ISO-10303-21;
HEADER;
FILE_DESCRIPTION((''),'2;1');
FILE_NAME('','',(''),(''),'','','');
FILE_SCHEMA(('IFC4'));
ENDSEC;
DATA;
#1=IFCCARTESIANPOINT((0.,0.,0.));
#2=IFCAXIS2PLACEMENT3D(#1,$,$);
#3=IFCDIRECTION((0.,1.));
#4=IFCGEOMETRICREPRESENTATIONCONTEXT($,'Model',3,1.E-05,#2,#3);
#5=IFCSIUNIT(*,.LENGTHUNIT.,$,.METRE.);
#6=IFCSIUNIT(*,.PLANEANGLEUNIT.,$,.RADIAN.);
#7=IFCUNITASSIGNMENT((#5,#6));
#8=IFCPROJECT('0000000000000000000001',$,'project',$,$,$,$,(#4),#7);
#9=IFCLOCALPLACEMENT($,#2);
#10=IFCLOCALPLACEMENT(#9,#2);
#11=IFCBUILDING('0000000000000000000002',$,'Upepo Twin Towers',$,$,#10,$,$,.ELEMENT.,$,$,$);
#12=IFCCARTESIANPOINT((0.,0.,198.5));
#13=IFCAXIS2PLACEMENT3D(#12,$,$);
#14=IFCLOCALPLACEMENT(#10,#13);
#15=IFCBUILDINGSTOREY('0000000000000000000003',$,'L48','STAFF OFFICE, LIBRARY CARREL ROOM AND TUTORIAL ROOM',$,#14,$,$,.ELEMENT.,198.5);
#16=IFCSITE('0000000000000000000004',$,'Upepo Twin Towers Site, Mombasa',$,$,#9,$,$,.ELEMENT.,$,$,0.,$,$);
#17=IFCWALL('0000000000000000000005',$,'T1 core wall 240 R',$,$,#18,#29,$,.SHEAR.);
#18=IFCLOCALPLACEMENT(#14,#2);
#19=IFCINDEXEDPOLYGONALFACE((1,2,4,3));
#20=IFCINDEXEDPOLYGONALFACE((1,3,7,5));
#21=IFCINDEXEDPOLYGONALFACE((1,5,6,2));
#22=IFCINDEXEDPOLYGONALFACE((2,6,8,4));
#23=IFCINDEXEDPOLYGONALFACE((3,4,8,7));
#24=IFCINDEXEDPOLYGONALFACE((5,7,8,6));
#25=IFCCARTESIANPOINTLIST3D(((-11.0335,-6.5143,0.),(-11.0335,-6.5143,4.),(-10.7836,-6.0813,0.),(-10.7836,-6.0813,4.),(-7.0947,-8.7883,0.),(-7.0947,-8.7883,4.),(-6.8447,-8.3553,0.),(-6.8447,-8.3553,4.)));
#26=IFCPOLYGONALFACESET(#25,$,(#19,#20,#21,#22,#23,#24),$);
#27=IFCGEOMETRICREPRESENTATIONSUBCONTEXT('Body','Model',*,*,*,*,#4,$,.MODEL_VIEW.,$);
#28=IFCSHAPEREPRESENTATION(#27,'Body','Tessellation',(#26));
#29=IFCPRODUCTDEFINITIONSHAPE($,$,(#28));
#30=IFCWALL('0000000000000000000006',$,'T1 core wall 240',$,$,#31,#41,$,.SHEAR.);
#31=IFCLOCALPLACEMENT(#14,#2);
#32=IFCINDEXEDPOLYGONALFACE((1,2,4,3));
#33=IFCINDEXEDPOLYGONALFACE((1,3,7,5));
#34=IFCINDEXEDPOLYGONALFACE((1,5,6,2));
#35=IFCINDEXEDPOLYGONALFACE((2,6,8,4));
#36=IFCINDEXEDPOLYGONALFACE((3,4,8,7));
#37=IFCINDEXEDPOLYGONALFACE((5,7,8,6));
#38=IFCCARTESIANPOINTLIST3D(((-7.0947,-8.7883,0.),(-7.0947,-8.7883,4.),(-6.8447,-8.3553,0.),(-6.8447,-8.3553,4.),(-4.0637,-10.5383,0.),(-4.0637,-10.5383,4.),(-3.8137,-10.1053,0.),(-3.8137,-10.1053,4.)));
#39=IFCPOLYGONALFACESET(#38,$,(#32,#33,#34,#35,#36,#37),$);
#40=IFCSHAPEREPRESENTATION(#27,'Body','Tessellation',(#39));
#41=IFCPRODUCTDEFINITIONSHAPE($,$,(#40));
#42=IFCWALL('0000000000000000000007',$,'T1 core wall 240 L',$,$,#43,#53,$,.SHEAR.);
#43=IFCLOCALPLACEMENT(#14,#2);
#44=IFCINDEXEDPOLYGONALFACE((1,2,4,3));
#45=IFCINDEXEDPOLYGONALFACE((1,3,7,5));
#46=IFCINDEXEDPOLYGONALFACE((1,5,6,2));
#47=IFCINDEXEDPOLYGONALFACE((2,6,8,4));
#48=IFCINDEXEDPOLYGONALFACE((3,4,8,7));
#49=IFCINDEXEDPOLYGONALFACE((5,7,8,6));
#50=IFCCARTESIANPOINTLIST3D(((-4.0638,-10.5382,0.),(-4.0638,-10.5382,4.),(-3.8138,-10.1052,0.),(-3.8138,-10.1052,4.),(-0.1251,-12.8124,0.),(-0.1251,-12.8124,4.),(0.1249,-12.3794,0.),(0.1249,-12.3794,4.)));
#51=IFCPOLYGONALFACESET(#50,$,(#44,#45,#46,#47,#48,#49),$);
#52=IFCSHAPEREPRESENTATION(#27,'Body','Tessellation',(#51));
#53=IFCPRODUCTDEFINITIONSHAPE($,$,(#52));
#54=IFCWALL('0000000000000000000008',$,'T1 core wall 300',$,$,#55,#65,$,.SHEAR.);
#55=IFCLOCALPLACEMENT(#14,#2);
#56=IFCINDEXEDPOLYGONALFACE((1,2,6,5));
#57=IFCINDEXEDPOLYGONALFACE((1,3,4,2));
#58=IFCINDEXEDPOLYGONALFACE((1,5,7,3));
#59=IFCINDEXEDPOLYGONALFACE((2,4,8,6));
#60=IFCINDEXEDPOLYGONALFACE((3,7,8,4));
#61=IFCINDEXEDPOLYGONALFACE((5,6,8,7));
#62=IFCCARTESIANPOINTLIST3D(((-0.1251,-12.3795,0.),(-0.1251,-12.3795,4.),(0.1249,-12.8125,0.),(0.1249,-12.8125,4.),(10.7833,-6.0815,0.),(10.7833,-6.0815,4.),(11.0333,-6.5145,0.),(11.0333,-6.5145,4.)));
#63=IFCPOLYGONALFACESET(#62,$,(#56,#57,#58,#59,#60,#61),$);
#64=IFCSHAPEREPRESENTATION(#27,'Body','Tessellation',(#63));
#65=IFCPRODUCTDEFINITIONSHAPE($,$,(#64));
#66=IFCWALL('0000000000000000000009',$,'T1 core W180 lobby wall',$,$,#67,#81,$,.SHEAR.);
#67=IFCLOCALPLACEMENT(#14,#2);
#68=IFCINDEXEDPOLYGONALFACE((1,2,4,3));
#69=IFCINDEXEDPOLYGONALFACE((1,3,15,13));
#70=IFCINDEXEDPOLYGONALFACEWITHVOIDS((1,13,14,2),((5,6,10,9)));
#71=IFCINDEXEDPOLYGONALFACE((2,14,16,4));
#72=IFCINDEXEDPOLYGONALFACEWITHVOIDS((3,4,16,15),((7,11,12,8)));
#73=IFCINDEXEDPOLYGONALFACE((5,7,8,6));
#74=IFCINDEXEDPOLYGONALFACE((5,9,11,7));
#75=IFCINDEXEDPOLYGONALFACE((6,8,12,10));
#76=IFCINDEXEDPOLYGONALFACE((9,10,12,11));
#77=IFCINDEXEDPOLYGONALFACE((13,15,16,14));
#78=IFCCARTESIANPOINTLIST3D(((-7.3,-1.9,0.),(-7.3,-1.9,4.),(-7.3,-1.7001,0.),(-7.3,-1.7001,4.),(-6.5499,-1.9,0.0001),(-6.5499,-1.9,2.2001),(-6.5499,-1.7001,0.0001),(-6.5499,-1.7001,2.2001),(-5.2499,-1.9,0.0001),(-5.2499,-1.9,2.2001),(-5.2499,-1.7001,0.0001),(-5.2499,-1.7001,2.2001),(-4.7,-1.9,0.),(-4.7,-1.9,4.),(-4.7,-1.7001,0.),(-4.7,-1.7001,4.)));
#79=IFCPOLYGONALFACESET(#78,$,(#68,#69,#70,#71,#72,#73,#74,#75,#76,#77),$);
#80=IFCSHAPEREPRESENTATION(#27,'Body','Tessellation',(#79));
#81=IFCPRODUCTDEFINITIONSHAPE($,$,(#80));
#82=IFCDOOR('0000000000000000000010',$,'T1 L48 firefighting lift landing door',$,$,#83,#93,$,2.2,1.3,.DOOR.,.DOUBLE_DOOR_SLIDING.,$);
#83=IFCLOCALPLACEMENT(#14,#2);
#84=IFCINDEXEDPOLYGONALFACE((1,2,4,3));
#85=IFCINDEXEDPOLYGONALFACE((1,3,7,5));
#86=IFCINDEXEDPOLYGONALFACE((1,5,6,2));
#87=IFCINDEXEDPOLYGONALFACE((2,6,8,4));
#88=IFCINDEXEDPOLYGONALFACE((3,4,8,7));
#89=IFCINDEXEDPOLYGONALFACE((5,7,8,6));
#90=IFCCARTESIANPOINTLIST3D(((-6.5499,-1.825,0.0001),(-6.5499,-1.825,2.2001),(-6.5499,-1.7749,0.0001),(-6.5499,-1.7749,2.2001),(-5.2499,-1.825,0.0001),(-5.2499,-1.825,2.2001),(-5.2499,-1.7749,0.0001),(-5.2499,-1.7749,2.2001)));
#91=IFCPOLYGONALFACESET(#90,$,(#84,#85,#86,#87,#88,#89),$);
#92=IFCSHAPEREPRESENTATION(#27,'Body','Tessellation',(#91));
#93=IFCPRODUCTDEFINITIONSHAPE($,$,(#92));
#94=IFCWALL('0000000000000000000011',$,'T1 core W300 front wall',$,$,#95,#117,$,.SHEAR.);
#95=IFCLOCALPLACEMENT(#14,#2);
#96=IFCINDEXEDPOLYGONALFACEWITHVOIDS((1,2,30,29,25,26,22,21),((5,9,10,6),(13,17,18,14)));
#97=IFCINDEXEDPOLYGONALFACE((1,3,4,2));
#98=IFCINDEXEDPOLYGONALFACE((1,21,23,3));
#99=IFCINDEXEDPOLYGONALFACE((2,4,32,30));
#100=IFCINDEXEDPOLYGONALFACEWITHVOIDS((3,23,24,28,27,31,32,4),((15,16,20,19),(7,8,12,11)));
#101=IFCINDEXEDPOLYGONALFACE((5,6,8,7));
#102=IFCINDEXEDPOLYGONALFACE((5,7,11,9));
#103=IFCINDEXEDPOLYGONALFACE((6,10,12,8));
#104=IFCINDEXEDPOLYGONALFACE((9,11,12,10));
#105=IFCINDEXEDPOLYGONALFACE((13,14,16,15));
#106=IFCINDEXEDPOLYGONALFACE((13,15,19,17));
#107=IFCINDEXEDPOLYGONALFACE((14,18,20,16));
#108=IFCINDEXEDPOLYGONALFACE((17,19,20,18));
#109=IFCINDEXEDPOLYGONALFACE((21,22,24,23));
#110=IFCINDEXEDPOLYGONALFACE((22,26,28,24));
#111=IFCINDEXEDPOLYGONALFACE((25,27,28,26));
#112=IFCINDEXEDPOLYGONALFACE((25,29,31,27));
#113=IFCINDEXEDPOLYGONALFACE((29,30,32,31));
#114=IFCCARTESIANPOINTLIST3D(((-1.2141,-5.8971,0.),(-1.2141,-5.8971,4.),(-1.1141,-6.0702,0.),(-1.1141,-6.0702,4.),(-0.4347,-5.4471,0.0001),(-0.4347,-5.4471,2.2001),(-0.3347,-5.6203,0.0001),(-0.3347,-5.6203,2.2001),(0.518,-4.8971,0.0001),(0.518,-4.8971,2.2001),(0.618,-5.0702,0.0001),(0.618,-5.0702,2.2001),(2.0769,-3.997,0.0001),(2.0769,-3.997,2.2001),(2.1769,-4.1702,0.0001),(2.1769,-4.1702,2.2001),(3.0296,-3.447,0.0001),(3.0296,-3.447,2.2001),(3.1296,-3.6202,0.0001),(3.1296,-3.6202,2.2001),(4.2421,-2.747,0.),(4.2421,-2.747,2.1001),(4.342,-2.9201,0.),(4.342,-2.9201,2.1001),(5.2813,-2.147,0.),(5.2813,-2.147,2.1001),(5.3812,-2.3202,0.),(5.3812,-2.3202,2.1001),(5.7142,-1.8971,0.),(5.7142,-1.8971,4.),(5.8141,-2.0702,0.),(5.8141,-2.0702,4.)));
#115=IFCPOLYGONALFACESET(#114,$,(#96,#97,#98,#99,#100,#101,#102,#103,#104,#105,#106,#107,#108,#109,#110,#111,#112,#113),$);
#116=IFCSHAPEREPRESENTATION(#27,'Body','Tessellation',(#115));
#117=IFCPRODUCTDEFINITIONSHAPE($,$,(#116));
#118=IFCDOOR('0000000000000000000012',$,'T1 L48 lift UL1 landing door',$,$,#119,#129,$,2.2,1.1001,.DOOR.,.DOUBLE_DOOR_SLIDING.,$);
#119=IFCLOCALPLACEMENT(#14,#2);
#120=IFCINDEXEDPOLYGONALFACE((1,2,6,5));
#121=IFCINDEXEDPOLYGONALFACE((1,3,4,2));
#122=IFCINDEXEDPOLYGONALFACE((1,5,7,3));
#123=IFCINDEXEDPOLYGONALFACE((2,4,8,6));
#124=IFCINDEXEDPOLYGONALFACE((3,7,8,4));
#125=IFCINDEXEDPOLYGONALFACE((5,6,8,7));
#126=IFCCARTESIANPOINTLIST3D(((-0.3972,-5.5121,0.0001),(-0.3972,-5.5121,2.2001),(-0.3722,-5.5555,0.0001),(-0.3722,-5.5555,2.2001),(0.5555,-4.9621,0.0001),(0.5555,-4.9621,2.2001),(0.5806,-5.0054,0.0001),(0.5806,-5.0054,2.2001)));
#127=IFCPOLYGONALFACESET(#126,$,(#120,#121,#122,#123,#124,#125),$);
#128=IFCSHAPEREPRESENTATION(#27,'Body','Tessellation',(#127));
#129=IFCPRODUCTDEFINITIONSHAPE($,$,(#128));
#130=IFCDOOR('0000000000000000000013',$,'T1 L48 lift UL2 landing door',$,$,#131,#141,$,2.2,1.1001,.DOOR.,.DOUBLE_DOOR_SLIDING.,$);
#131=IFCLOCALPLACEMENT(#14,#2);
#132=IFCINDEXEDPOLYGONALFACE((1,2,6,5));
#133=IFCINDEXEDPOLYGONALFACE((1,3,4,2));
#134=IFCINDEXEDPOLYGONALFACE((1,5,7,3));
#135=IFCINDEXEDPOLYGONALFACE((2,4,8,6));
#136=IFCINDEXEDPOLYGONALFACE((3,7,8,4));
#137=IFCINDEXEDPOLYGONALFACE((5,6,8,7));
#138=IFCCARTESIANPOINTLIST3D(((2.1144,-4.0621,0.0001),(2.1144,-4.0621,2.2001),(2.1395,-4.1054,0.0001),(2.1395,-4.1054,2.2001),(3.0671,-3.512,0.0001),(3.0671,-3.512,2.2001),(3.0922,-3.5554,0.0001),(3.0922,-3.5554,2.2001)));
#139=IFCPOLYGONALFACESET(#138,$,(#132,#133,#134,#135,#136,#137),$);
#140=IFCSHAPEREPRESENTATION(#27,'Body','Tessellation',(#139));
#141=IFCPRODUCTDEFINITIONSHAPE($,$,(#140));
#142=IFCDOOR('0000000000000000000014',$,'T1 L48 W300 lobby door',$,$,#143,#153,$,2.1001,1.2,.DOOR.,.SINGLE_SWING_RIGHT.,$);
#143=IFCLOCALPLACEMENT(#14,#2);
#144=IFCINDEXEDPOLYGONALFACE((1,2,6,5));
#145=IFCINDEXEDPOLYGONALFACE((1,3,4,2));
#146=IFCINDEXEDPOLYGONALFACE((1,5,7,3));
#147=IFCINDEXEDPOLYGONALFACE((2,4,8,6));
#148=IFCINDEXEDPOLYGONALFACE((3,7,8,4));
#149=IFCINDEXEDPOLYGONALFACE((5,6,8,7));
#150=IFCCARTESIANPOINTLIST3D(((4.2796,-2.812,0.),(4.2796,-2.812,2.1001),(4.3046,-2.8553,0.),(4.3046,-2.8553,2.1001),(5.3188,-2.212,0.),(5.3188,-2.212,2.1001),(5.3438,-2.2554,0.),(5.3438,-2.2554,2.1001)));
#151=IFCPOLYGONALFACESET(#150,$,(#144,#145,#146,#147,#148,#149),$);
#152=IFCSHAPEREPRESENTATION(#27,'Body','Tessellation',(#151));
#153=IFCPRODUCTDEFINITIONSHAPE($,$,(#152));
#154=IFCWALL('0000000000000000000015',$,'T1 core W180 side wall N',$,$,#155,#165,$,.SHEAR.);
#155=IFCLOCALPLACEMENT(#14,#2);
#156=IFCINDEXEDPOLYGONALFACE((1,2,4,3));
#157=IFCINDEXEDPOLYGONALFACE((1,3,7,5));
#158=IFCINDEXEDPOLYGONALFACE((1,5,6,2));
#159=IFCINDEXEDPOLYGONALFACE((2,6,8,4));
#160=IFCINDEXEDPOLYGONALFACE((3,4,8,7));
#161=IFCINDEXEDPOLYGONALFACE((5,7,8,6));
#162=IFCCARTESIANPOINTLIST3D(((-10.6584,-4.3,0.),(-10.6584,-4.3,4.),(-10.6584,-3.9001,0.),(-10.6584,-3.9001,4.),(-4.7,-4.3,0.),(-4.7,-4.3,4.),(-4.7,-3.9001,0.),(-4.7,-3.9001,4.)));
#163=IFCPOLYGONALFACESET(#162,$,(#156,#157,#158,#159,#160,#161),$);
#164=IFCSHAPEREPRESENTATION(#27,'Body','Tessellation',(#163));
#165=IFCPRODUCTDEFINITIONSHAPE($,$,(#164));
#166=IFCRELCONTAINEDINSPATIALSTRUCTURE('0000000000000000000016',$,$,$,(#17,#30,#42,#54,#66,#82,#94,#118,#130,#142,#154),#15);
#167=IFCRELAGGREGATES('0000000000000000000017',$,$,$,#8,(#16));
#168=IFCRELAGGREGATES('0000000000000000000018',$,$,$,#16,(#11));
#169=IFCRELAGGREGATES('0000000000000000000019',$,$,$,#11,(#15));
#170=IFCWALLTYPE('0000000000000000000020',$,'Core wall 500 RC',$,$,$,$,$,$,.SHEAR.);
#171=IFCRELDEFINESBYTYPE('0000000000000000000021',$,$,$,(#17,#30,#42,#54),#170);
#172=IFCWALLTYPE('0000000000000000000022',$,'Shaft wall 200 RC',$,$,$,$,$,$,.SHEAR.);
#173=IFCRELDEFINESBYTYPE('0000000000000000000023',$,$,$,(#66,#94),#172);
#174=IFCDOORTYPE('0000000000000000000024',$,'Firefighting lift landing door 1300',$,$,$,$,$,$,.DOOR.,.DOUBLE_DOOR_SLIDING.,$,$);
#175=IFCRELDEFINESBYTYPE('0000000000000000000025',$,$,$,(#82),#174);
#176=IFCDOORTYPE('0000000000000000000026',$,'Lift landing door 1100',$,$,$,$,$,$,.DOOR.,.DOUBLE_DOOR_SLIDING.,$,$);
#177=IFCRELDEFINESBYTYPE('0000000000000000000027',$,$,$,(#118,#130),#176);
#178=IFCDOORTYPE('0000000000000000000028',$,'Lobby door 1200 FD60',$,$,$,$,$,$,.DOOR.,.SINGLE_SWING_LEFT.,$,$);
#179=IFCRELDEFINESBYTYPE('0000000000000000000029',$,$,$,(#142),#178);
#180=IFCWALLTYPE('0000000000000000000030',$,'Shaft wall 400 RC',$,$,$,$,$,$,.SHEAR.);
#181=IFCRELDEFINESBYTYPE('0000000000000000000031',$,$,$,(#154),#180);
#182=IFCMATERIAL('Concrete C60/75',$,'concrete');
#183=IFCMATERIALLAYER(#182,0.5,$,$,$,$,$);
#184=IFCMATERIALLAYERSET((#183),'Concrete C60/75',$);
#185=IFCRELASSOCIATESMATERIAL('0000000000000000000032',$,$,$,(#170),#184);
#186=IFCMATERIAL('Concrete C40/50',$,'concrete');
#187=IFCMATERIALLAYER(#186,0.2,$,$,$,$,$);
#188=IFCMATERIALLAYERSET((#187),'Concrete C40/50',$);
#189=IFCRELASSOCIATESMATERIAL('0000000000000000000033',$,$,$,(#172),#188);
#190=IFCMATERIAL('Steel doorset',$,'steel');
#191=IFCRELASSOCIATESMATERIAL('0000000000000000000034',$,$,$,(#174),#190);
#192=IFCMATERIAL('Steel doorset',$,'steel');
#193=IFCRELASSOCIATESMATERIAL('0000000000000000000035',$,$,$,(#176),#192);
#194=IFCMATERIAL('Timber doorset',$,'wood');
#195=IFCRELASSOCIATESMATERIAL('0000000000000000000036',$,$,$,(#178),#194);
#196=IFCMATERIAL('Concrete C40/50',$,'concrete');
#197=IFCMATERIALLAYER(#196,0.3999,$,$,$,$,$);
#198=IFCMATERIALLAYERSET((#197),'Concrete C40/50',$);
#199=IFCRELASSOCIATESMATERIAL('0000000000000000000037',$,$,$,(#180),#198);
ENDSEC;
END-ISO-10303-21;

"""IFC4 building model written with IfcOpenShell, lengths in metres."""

from ifc_helpers import new_model, si_unit, direction, frame, frame_2d, origin, place, context, subcontext, project, spatial, rectangle, extrude, material, layer, layer_set, type_object, element, fill, save


model = new_model("IFC4")

# Units and contexts
model_context = context("Model", 3, precision=1e-05, world=origin(), true_north=direction((0.0, 1.0)))
body_context = subcontext(model_context, "Body", "Model", "MODEL_VIEW")
ifc_project = project(units=[si_unit("LENGTHUNIT", "METRE"), si_unit("PLANEANGLEUNIT", "RADIAN")], contexts=[model_context])

# Site, building, storey
site_placement = place(None, origin())
site = spatial("IfcSite", under=ifc_project, at=site_placement, Name="Upepo Twin Towers Site, Mombasa", CompositionType="ELEMENT", RefElevation=0.0)
building_placement = place(site_placement, origin())
building = spatial("IfcBuilding", under=site, at=building_placement, Name="Upepo Twin Towers", CompositionType="ELEMENT")
storey_placement = place(building_placement, frame((0.0, 0.0, 198.5)))
storey = spatial("IfcBuildingStorey", under=building, at=storey_placement, Name="L48", Description="STAFF OFFICE, LIBRARY CARREL ROOM AND TUTORIAL ROOM", CompositionType="ELEMENT", Elevation=198.5)

# Walls
ifc_material_1 = material(Name="Concrete C60/75", Category="concrete")
ifc_layer_1 = layer(ifc_material_1, 0.5)
ifc_layer_set_1 = layer_set([ifc_layer_1], Name="Concrete C60/75")
wall_type_1 = type_object("IfcWallType", Name="Core wall 500 RC", PredefinedType="SHEAR", material=ifc_layer_set_1)
wall_1_placement = place(storey_placement, frame((-10.9084, -6.2979, 0.0), z_axis=(0.0, 0.0, 1.0), x_axis=(0.866035, -0.499984, 0.0)))
element("IfcWall", 1, at=wall_1_placement, inside=storey, type_object=wall_type_1, Name="T1 core wall 240 R", PredefinedType="SHEAR", context=body_context, shape_type="SweptSolid", body=[
    extrude(rectangle(XDim=4.5481, YDim=0.5, at=frame_2d((2.2739, 0.0))), origin(), (0.0, 0.0, 1.0), 4.0),
])
wall_2_placement = place(storey_placement, frame((-6.9697, -8.5718, 0.0), z_axis=(0.0, 0.0, 1.0), x_axis=(0.866019, -0.50001, 0.0)))
element("IfcWall", 2, at=wall_2_placement, inside=storey, type_object=wall_type_1, Name="T1 core wall 240", PredefinedType="SHEAR", context=body_context, shape_type="SweptSolid", body=[
    extrude(rectangle(XDim=3.5, YDim=0.5, at=frame_2d((1.75, 0.0))), origin(), (0.0, 0.0, 1.0), 4.0),
])
wall_3_placement = place(storey_placement, frame((-3.9387, -10.3218, 0.0), z_axis=(0.0, 0.0, 1.0), x_axis=(0.866011, -0.500024, 0.0)))
element("IfcWall", 3, at=wall_3_placement, inside=storey, type_object=wall_type_1, Name="T1 core wall 240 L", PredefinedType="SHEAR", context=body_context, shape_type="SweptSolid", body=[
    extrude(rectangle(XDim=4.5481, YDim=0.5, at=frame_2d((2.2739, 0.0))), origin(), (0.0, 0.0, 1.0), 4.0),
])
wall_4_placement = place(storey_placement, frame((0.0, -12.5959, 0.0), z_axis=(0.0, 0.0, 1.0), x_axis=(0.866022, 0.500006, 0.0)))
element("IfcWall", 4, at=wall_4_placement, inside=storey, type_object=wall_type_1, Name="T1 core wall 300", PredefinedType="SHEAR", context=body_context, shape_type="SweptSolid", body=[
    extrude(rectangle(XDim=12.5959, YDim=0.5, at=frame_2d((6.2979, 0.0))), origin(), (0.0, 0.0, 1.0), 4.0),
])

# Wall, opening, door
ifc_material_2 = material(Name="Concrete C40/50", Category="concrete")
ifc_layer_2 = layer(ifc_material_2, 0.2)
ifc_layer_set_2 = layer_set([ifc_layer_2], Name="Concrete C40/50")
wall_type_2 = type_object("IfcWallType", Name="Shaft wall 200 RC", PredefinedType="SHEAR", material=ifc_layer_set_2)
wall_5_placement = place(storey_placement, frame((-4.7, -1.8, 0.0), z_axis=(0.0, 0.0, 1.0), x_axis=(-1.0, 0.0, 0.0)))
wall_5 = element("IfcWall", 5, at=wall_5_placement, inside=storey, type_object=wall_type_2, Name="T1 core W180 lobby wall", PredefinedType="SHEAR", context=body_context, shape_type="SweptSolid", body=[
    extrude(rectangle(XDim=2.6001, YDim=0.2, at=frame_2d((1.3, 0.0))), origin(), (0.0, 0.0, 1.0), 4.0),
])
opening_1_placement = place(wall_5_placement, frame((0.55, 0.0, 0.0)))
opening_1 = element("IfcOpeningElement", 6, at=opening_1_placement, cuts=wall_5, PredefinedType="OPENING", context=body_context, shape_type="SweptSolid", body=[
    extrude(rectangle(XDim=1.3, YDim=2.2, at=frame_2d((0.6499, 1.1001))), frame((0.0, 0.1099, 0.0), z_axis=(0.0, -1.0, 0.0), x_axis=(1.0, 0.0, 0.0)), (0.0, 0.0, 1.0), 0.22),
])
ifc_material_3 = material(Name="Steel doorset", Category="steel")
door_type_1 = type_object("IfcDoorType", Name="Firefighting lift landing door 1300", OperationType="DOUBLE_DOOR_SLIDING", PredefinedType="DOOR", material=ifc_material_3)
door_1_placement = place(opening_1_placement, origin())
door_1 = element("IfcDoor", 7, at=door_1_placement, inside=storey, type_object=door_type_1, Name="T1 L48 firefighting lift landing door", OperationType="DOUBLE_DOOR_SLIDING", OverallHeight=2.2, OverallWidth=1.3, PredefinedType="DOOR", context=body_context, shape_type="SweptSolid", body=[
    extrude(rectangle(XDim=1.3, YDim=2.2, at=frame_2d((0.6499, 1.1001))), frame((0.0, 0.0249, 0.0), z_axis=(0.0, -1.0, 0.0), x_axis=(1.0, 0.0, 0.0)), (0.0, 0.0, 1.0), 0.05),
])
fill(opening_1, door_1)

# Wall, openings, doors
wall_6_placement = place(storey_placement, frame((-1.1641, -5.9836, 0.0), z_axis=(0.0, 0.0, 1.0), x_axis=(0.866026, 0.499999, 0.0)))
wall_6 = element("IfcWall", 8, at=wall_6_placement, inside=storey, type_object=wall_type_2, Name="T1 core W300 front wall", PredefinedType="SHEAR", context=body_context, shape_type="SweptSolid", body=[
    extrude(rectangle(XDim=8.0, YDim=0.2, at=frame_2d((4.0, 0.0))), origin(), (0.0, 0.0, 1.0), 4.0),
])
opening_2_placement = place(wall_6_placement, frame((6.3, 0.0, 0.0)))
opening_2 = element("IfcOpeningElement", 9, at=opening_2_placement, cuts=wall_6, PredefinedType="OPENING", context=body_context, shape_type="SweptSolid", body=[
    extrude(rectangle(XDim=1.2, YDim=2.1001, at=frame_2d((0.6001, 1.05))), frame((0.0, 0.1099, 0.0), z_axis=(0.0, -1.0, 0.0), x_axis=(1.0, 0.0, 0.0)), (0.0, 0.0, 1.0), 0.22),
])
opening_3_placement = place(wall_6_placement, frame((0.8999, 0.0, 0.0)))
opening_3 = element("IfcOpeningElement", 10, at=opening_3_placement, cuts=wall_6, PredefinedType="OPENING", context=body_context, shape_type="SweptSolid", body=[
    extrude(rectangle(XDim=1.1001, YDim=2.2, at=frame_2d((0.55, 1.1001))), frame((0.0, 0.1099, 0.0), z_axis=(0.0, -1.0, 0.0), x_axis=(1.0, 0.0, 0.0)), (0.0, 0.0, 1.0), 0.22),
])
opening_4_placement = place(wall_6_placement, frame((3.8, 0.0, 0.0)))
opening_4 = element("IfcOpeningElement", 11, at=opening_4_placement, cuts=wall_6, PredefinedType="OPENING", context=body_context, shape_type="SweptSolid", body=[
    extrude(rectangle(XDim=1.1001, YDim=2.2, at=frame_2d((0.55, 1.1001))), frame((0.0, 0.1099, 0.0), z_axis=(0.0, -1.0, 0.0), x_axis=(1.0, 0.0, 0.0)), (0.0, 0.0, 1.0), 0.22),
])
ifc_material_4 = material(Name="Steel doorset", Category="steel")
door_type_2 = type_object("IfcDoorType", Name="Lift landing door 1100", OperationType="DOUBLE_DOOR_SLIDING", PredefinedType="DOOR", material=ifc_material_4)
door_2_placement = place(opening_3_placement, origin())
door_2 = element("IfcDoor", 12, at=door_2_placement, inside=storey, type_object=door_type_2, Name="T1 L48 lift UL1 landing door", OperationType="DOUBLE_DOOR_SLIDING", OverallHeight=2.2, OverallWidth=1.1001, PredefinedType="DOOR", context=body_context, shape_type="SweptSolid", body=[
    extrude(rectangle(XDim=1.1001, YDim=2.2, at=frame_2d((0.55, 1.1001))), frame((0.0, 0.0249, 0.0), z_axis=(0.0, -1.0, 0.0), x_axis=(1.0, 0.0, 0.0)), (0.0, 0.0, 1.0), 0.05),
])
fill(opening_3, door_2)
door_3_placement = place(opening_4_placement, origin())
door_3 = element("IfcDoor", 13, at=door_3_placement, inside=storey, type_object=door_type_2, Name="T1 L48 lift UL2 landing door", OperationType="DOUBLE_DOOR_SLIDING", OverallHeight=2.2, OverallWidth=1.1001, PredefinedType="DOOR", context=body_context, shape_type="SweptSolid", body=[
    extrude(rectangle(XDim=1.1001, YDim=2.2, at=frame_2d((0.55, 1.1001))), frame((0.0, 0.0249, 0.0), z_axis=(0.0, -1.0, 0.0), x_axis=(1.0, 0.0, 0.0)), (0.0, 0.0, 1.0), 0.05),
])
fill(opening_4, door_3)
ifc_material_5 = material(Name="Timber doorset", Category="wood")
door_type_3 = type_object("IfcDoorType", Name="Lobby door 1200 FD60", OperationType="SINGLE_SWING_LEFT", PredefinedType="DOOR", material=ifc_material_5)
door_4_placement = place(opening_2_placement, origin())
door_4 = element("IfcDoor", 14, at=door_4_placement, inside=storey, type_object=door_type_3, Name="T1 L48 W300 lobby door", OperationType="SINGLE_SWING_RIGHT", OverallHeight=2.1001, OverallWidth=1.2, PredefinedType="DOOR", context=body_context, shape_type="SweptSolid", body=[
    extrude(rectangle(XDim=1.2, YDim=2.1001, at=frame_2d((0.6001, 1.05))), frame((0.0, 0.0249, 0.0), z_axis=(0.0, -1.0, 0.0), x_axis=(1.0, 0.0, 0.0)), (0.0, 0.0, 1.0), 0.05),
])
fill(opening_2, door_4)

# Wall
ifc_material_6 = material(Name="Concrete C40/50", Category="concrete")
ifc_layer_3 = layer(ifc_material_6, 0.3999)
ifc_layer_set_3 = layer_set([ifc_layer_3], Name="Concrete C40/50")
wall_type_3 = type_object("IfcWallType", Name="Shaft wall 400 RC", PredefinedType="SHEAR", material=ifc_layer_set_3)
wall_7_placement = place(storey_placement, frame((-4.7, -4.1001, 0.0), z_axis=(0.0, 0.0, 1.0), x_axis=(-1.0, 0.0, 0.0)))
element("IfcWall", 15, at=wall_7_placement, inside=storey, type_object=wall_type_3, Name="T1 core W180 side wall N", PredefinedType="SHEAR", context=body_context, shape_type="SweptSolid", body=[
    extrude(rectangle(XDim=5.9585, YDim=0.3999, at=frame_2d((2.9792, 0.0))), origin(), (0.0, 0.0, 1.0), 4.0),
])

save(model, "model.ifc")
